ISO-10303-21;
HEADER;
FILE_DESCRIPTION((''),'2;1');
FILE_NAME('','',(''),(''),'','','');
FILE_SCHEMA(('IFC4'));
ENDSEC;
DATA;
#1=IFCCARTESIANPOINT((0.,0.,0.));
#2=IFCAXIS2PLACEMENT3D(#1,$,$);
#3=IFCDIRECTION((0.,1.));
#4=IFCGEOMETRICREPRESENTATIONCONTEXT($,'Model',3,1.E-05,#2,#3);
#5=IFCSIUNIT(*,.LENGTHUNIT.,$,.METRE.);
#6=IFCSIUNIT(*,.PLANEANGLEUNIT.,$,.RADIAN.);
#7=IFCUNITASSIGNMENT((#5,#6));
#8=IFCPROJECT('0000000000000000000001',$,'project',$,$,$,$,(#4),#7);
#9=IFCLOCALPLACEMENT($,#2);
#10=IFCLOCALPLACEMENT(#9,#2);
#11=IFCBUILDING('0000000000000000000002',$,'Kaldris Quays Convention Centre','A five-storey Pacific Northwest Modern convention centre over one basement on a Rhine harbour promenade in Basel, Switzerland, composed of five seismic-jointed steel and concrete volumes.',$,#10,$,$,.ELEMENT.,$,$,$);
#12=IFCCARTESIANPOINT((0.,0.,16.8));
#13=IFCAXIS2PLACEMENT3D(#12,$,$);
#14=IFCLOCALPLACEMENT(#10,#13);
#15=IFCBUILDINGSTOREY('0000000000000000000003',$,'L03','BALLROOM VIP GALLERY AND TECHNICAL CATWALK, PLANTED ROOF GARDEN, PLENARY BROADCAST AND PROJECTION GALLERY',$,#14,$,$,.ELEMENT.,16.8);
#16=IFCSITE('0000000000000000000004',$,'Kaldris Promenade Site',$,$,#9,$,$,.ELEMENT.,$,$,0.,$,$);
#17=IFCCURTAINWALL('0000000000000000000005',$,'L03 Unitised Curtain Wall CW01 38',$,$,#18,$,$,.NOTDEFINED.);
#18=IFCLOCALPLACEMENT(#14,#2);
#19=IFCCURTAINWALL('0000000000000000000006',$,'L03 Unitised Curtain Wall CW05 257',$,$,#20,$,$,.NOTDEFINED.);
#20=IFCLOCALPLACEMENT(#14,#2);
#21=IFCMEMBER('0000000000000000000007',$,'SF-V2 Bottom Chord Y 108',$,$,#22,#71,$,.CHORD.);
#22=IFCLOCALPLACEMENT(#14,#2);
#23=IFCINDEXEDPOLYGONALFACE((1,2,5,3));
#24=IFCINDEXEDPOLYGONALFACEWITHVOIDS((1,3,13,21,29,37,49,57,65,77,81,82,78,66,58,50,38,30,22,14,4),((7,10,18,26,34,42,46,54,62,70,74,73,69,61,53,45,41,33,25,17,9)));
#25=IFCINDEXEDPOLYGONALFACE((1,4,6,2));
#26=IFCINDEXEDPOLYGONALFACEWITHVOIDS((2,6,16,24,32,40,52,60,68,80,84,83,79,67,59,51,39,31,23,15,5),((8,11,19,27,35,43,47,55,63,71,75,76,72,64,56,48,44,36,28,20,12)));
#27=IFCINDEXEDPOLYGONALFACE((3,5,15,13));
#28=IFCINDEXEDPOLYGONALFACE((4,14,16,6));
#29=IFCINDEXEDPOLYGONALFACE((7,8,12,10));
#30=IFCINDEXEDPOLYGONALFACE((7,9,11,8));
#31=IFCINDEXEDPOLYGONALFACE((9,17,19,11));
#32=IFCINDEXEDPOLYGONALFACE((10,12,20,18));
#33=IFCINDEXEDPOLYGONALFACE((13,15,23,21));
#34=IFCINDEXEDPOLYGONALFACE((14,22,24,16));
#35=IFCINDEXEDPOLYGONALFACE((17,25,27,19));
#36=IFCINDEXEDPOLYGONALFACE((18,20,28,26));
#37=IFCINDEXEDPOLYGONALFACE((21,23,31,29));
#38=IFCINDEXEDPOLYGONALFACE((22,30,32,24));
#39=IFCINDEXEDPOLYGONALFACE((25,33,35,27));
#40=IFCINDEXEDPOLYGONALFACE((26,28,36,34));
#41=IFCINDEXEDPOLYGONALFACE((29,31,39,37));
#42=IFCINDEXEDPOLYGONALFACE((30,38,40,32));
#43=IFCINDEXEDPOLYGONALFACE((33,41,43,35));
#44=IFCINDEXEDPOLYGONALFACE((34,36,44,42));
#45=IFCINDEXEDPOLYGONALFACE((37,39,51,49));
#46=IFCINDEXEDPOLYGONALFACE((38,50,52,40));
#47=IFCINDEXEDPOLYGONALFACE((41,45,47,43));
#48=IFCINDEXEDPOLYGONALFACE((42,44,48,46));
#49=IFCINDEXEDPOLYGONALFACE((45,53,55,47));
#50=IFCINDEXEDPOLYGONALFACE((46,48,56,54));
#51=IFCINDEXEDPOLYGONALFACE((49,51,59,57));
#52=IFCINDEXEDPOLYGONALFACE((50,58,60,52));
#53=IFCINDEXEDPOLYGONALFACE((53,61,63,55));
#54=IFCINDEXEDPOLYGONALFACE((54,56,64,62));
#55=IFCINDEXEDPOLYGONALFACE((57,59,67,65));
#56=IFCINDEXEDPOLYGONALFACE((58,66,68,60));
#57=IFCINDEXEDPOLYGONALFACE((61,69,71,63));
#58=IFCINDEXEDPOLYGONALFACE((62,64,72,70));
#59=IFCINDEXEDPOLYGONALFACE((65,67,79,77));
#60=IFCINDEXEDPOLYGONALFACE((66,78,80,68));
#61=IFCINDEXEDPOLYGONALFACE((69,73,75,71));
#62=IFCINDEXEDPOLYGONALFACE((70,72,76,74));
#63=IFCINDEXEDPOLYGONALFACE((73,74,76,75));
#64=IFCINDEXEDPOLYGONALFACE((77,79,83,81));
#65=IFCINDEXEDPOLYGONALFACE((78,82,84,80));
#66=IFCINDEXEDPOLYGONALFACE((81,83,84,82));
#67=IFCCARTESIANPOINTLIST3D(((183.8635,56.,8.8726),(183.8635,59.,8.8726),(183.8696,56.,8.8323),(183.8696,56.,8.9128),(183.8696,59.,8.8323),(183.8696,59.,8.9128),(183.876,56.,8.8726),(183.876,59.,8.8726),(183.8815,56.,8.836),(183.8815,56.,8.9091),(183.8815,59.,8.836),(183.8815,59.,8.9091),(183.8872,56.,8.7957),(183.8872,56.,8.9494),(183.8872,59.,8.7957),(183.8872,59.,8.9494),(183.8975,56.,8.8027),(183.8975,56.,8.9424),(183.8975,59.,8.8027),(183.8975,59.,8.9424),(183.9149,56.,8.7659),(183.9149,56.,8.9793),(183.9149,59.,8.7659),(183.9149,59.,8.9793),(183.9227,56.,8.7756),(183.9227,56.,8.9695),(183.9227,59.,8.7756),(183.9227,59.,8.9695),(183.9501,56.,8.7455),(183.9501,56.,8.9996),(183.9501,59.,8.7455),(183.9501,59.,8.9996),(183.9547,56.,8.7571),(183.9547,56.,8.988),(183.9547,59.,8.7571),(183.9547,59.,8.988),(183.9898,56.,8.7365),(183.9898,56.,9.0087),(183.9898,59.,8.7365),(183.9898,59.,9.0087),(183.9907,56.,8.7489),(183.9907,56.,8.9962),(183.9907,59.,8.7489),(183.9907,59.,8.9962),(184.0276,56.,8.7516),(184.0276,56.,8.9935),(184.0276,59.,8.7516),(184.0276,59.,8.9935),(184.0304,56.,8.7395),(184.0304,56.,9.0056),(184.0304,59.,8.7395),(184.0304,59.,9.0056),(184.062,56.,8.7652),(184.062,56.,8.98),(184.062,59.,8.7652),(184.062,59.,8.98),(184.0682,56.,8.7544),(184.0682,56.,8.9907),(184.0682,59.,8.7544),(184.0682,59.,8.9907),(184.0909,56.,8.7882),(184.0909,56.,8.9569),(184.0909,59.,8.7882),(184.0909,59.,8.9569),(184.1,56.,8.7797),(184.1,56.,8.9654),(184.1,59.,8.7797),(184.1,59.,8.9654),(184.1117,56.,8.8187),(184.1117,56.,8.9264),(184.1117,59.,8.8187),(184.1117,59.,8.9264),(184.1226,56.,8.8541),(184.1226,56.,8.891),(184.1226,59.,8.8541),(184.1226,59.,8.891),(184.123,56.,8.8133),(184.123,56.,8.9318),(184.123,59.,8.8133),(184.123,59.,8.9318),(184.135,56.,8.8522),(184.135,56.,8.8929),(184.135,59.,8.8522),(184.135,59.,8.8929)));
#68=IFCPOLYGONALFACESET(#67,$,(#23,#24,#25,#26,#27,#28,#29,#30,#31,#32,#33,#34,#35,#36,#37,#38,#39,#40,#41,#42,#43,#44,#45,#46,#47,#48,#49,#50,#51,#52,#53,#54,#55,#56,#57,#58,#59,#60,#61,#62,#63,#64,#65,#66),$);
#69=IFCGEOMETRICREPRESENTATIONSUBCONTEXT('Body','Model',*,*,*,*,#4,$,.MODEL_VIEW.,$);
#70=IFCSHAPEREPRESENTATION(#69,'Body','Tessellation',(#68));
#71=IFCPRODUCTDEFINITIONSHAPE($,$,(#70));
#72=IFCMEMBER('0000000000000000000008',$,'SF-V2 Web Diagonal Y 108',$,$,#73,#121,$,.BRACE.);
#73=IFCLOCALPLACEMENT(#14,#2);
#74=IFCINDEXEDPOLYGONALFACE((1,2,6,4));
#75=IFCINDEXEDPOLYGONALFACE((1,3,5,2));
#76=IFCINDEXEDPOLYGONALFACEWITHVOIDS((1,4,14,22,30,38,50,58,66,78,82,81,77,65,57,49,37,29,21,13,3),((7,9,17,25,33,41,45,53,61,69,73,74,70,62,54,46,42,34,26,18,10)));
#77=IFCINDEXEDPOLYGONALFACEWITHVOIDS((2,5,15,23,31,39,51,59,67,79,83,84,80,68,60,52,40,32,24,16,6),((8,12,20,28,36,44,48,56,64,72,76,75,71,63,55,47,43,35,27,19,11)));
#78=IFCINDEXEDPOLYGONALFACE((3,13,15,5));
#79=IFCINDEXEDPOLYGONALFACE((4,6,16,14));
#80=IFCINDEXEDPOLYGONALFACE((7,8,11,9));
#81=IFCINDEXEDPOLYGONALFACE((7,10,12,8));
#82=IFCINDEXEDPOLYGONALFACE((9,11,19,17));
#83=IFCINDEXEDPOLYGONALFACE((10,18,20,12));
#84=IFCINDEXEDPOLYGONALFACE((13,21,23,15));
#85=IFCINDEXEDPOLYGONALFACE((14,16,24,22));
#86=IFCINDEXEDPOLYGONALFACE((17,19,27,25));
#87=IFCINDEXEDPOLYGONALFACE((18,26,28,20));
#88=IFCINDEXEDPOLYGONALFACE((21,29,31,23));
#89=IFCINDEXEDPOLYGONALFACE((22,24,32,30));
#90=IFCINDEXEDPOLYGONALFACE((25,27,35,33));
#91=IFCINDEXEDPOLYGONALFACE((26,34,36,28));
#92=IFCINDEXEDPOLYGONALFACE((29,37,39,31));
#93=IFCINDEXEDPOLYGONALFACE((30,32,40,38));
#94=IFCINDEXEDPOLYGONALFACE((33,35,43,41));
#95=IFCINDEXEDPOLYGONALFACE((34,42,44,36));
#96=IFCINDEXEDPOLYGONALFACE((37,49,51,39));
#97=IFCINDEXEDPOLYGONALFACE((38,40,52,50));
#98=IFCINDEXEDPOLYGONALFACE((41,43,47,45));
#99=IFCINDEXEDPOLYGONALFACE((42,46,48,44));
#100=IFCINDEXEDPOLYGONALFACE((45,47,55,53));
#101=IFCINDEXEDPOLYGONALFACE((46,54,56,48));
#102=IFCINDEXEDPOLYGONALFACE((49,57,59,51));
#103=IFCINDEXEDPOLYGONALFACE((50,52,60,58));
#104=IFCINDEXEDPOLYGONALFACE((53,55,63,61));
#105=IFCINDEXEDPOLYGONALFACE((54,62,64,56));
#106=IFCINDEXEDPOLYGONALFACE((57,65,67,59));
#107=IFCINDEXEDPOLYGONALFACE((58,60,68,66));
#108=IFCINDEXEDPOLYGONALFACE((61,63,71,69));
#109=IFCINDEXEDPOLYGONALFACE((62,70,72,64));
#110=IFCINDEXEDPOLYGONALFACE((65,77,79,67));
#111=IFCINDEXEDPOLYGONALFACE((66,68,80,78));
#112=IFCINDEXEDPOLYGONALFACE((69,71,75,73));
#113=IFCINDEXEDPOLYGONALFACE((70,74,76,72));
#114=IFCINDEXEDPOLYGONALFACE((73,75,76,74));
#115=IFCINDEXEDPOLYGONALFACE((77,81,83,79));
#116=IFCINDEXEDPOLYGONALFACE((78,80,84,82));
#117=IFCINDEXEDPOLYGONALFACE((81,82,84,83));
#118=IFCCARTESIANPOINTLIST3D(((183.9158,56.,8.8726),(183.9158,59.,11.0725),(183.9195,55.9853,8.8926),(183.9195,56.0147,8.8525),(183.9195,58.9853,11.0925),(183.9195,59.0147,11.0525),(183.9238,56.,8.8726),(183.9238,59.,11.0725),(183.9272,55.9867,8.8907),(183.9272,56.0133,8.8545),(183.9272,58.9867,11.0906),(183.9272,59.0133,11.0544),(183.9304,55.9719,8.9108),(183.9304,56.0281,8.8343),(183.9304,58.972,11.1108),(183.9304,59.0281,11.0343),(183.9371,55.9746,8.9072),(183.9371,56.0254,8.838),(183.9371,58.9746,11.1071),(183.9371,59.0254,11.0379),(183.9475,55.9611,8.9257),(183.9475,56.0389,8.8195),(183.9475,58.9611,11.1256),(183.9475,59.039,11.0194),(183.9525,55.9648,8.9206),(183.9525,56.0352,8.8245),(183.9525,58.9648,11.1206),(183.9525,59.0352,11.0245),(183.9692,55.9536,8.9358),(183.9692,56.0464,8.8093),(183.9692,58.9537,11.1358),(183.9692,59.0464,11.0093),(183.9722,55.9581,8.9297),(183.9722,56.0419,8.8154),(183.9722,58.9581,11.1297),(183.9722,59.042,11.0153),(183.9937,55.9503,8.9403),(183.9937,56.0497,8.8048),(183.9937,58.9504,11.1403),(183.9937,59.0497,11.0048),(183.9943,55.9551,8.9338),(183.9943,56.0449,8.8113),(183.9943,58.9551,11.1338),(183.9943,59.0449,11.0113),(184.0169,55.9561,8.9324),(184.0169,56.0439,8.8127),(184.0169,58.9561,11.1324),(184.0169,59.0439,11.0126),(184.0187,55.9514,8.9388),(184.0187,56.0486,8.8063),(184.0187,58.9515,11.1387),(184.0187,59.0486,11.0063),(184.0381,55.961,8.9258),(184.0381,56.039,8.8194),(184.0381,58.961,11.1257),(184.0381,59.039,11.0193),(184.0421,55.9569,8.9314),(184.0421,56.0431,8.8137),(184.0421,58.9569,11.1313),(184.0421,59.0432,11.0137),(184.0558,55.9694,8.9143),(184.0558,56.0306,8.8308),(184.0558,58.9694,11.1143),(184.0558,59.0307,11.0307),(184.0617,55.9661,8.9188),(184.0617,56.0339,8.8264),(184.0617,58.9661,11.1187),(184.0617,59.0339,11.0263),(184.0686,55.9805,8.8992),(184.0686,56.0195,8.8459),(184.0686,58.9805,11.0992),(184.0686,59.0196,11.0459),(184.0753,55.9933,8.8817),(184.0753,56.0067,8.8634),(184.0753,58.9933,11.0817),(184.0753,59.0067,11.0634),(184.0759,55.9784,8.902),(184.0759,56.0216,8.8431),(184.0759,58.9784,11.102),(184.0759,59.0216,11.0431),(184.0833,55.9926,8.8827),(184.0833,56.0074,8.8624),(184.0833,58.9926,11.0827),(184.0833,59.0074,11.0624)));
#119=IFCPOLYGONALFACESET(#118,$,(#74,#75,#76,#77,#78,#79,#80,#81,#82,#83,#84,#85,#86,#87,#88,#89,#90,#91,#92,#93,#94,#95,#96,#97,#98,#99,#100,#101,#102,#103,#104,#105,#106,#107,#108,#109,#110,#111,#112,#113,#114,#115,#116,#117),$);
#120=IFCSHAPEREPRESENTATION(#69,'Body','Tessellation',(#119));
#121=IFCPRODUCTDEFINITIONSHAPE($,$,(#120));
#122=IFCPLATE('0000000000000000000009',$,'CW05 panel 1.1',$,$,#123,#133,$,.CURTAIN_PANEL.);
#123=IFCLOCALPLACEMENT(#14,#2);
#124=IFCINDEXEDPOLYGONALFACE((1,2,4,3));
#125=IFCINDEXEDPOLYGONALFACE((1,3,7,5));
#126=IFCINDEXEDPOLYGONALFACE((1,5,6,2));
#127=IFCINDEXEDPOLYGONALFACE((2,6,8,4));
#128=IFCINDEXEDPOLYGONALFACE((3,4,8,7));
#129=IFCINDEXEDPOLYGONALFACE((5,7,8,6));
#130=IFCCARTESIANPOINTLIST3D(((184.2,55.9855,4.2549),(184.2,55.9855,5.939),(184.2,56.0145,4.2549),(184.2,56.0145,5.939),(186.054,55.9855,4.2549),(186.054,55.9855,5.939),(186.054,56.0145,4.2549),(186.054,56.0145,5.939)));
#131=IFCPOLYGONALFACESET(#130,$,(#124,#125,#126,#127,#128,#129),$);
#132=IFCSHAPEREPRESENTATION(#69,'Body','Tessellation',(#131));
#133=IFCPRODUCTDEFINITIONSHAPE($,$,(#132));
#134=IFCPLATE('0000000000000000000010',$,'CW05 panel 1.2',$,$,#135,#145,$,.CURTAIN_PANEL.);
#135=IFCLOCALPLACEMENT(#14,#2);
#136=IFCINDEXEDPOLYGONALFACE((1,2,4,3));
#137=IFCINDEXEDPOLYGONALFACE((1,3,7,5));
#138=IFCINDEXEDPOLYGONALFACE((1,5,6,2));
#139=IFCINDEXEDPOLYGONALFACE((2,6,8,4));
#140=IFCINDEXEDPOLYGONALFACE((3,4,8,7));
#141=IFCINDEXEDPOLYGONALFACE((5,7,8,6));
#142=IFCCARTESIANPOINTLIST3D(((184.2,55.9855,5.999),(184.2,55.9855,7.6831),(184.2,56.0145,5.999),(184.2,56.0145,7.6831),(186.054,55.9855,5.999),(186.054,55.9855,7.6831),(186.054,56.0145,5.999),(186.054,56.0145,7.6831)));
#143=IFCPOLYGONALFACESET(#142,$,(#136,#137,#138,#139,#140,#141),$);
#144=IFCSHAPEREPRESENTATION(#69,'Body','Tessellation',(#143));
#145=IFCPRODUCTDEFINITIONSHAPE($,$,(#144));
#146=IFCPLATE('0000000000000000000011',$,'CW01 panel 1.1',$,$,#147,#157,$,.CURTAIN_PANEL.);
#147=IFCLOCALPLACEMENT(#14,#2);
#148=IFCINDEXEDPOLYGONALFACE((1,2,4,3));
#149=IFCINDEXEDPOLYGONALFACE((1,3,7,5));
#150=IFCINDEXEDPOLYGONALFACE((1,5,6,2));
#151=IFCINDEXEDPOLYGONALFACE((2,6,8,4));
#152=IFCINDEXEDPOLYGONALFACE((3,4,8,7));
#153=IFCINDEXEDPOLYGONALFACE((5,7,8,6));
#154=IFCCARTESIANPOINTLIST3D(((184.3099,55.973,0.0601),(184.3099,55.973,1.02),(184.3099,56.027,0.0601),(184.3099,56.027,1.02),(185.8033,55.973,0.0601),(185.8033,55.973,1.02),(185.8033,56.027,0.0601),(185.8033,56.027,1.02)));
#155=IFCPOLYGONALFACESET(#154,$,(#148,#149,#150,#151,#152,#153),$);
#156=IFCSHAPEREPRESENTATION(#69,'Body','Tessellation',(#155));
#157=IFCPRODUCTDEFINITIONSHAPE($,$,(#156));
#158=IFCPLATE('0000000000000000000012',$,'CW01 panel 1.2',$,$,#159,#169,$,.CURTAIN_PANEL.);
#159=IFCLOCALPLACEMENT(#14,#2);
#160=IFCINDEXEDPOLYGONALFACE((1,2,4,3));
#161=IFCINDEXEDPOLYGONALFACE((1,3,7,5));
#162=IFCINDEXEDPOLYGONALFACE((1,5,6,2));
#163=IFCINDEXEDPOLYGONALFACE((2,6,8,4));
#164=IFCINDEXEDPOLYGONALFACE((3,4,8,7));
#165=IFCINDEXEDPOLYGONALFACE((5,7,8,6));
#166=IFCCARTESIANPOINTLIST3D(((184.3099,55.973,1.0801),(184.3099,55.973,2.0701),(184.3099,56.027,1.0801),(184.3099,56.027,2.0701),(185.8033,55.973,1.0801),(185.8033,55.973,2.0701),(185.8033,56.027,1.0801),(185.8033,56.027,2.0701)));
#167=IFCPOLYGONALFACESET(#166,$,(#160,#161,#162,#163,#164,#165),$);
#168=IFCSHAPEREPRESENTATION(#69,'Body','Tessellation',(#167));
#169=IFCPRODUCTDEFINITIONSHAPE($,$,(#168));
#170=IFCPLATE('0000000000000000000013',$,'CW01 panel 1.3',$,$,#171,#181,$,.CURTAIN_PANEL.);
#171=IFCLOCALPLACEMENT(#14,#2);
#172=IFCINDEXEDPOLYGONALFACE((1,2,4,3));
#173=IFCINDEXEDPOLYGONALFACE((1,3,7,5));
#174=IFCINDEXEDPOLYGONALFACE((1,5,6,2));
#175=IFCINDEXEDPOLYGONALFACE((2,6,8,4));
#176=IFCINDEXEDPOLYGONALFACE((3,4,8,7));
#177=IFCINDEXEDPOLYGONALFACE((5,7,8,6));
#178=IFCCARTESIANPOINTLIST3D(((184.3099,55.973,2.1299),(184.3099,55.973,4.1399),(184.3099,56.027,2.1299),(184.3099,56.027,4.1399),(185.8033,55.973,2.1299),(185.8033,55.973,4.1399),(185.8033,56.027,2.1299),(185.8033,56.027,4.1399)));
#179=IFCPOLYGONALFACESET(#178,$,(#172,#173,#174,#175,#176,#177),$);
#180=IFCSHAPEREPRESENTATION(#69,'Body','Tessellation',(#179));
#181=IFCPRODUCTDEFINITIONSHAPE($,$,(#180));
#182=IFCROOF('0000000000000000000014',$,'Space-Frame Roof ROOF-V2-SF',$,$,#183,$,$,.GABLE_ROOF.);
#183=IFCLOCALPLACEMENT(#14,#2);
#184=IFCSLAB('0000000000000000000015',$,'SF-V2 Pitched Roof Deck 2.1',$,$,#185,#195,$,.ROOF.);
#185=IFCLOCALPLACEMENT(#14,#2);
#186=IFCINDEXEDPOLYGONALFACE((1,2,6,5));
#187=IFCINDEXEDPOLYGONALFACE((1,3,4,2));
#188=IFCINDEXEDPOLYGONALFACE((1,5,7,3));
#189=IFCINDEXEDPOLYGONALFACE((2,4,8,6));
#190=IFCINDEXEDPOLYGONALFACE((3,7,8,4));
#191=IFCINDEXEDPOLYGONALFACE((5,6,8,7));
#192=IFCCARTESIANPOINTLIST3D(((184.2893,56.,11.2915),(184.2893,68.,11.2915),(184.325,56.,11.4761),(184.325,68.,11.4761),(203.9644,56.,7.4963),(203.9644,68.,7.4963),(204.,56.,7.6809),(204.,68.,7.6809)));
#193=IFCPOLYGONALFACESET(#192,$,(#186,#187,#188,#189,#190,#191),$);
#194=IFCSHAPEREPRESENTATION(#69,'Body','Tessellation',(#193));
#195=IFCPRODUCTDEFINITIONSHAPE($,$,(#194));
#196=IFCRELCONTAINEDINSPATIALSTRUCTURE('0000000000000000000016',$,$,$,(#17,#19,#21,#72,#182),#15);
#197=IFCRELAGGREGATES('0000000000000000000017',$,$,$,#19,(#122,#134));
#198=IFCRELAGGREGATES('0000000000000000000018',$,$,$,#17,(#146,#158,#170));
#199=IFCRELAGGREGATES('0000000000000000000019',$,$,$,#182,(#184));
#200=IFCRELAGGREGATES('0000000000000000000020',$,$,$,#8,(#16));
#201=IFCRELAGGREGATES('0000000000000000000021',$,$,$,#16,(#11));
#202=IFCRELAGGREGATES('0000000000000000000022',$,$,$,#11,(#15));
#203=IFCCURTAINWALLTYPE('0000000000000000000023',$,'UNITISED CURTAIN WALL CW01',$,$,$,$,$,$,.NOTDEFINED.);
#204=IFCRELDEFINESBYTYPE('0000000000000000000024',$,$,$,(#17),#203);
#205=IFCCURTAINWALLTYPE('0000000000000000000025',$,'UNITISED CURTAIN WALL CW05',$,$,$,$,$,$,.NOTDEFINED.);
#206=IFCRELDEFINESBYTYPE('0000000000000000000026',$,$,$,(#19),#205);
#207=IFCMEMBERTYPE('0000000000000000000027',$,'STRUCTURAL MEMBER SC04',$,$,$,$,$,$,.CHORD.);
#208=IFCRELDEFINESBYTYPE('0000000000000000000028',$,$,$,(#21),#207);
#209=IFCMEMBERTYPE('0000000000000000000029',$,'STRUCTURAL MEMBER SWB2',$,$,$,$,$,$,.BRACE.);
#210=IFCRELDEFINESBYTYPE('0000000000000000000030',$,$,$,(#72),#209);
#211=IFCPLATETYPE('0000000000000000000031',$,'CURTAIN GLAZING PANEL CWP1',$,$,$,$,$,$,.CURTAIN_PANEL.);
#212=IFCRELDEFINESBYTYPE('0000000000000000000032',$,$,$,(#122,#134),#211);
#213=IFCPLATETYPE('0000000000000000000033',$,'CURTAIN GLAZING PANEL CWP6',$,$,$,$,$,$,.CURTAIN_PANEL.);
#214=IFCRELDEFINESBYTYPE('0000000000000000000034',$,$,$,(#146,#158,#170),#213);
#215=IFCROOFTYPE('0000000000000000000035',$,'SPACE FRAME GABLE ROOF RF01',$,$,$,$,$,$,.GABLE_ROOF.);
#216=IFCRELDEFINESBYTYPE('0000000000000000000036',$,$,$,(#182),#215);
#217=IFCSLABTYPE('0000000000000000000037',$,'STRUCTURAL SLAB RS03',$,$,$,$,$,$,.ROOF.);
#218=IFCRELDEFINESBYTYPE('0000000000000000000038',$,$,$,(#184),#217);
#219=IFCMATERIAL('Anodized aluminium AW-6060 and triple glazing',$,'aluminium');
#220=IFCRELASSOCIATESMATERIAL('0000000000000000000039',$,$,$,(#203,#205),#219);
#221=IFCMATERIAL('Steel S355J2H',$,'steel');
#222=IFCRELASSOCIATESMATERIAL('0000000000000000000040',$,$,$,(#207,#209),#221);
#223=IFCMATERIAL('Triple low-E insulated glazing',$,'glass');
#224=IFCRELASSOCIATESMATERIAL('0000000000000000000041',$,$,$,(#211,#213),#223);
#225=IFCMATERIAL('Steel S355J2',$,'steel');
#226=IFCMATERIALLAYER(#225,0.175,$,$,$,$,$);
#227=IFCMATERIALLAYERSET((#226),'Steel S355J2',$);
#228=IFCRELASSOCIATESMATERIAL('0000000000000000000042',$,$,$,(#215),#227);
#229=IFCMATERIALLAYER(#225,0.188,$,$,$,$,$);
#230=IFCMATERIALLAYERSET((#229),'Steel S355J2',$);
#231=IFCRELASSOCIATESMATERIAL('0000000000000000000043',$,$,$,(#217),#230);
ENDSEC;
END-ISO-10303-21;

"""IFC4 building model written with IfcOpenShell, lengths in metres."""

from ifc_helpers import new_model, si_unit, direction, frame, origin, origin_2d, place, context, subcontext, project, spatial, polyline, rectangle, hollow_circle, outline, extrude, material, layer, layer_set, material_profile, profile_set, type_object, element, aggregate, save


model = new_model("IFC4")

# Units and contexts
model_context = context("Model", 3, precision=1e-05, world=origin(), true_north=direction((0.0, 1.0)))
body_context = subcontext(model_context, "Body", "Model", "MODEL_VIEW")
ifc_project = project(units=[si_unit("LENGTHUNIT", "METRE"), si_unit("PLANEANGLEUNIT", "RADIAN")], contexts=[model_context])

# Site, building, storey
site_placement = place(None, origin())
site = spatial("IfcSite", under=ifc_project, at=site_placement, Name="Kaldris Promenade Site", CompositionType="ELEMENT", RefElevation=0.0)
building_placement = place(site_placement, origin())
building = spatial("IfcBuilding", under=site, at=building_placement, Name="Kaldris Quays Convention Centre", Description="A five-storey Pacific Northwest Modern convention centre over one basement on a Rhine harbour promenade in Basel, Switzerland, composed of five seismic-jointed steel and concrete volumes.", CompositionType="ELEMENT")
storey_placement = place(building_placement, frame((0.0, 0.0, 16.8)))
storey = spatial("IfcBuildingStorey", under=building, at=storey_placement, Name="L03", Description="BALLROOM VIP GALLERY AND TECHNICAL CATWALK, PLANTED ROOF GARDEN, PLENARY BROADCAST AND PROJECTION GALLERY", CompositionType="ELEMENT", Elevation=16.8)

# Curtain wall
ifc_material_1 = material(Name="Anodized aluminium AW-6060 and triple glazing", Category="aluminium")
curtain_wall_type_1 = type_object("IfcCurtainWallType", Name="UNITISED CURTAIN WALL CW01", PredefinedType="NOTDEFINED", material=ifc_material_1)
curtain_wall_1_placement = place(storey_placement, origin())
curtain_wall_1 = element("IfcCurtainWall", 1, at=curtain_wall_1_placement, inside=storey, type_object=curtain_wall_type_1, Name="L03 Unitised Curtain Wall CW01 38", PredefinedType="NOTDEFINED")

# Curtain wall
curtain_wall_type_2 = type_object("IfcCurtainWallType", Name="UNITISED CURTAIN WALL CW05", PredefinedType="NOTDEFINED", material=ifc_material_1)
curtain_wall_2_placement = place(storey_placement, origin())
curtain_wall_2 = element("IfcCurtainWall", 2, at=curtain_wall_2_placement, inside=storey, type_object=curtain_wall_type_2, Name="L03 Unitised Curtain Wall CW05 257", PredefinedType="NOTDEFINED")

# Members
ifc_material_2 = material(Name="Steel S355J2H", Category="steel")
ifc_material_profile_1 = material_profile(ifc_material_2, hollow_circle(Radius=0.1365, WallThickness=0.0125, at=origin_2d()), Name="CHS 273x12.5")
ifc_profile_set_1 = profile_set([ifc_material_profile_1], Name="Steel S355J2H")
member_type_1 = type_object("IfcMemberType", Name="STRUCTURAL MEMBER SC04", PredefinedType="CHORD", material=ifc_profile_set_1)
member_1_placement = place(storey_placement, frame((184.0, 56.0, 8.8726), z_axis=(0.0, 1.0, 0.0), x_axis=(-1.0, 0.0, 0.0)))
element("IfcMember", 3, at=member_1_placement, inside=storey, type_object=member_type_1, Name="SF-V2 Bottom Chord Y 108", PredefinedType="CHORD", context=body_context, shape_type="SweptSolid", body=[
    extrude(hollow_circle(Radius=0.1365, WallThickness=0.0125, at=origin_2d()), origin(), (0.0, 0.0, 1.0), 3.0),
])
ifc_material_profile_2 = material_profile(ifc_material_2, hollow_circle(Radius=0.0842, WallThickness=0.0081, at=origin_2d()), Name="CHS 168.3x8")
ifc_profile_set_2 = profile_set([ifc_material_profile_2], Name="Steel S355J2H")
member_type_2 = type_object("IfcMemberType", Name="STRUCTURAL MEMBER SWB2", PredefinedType="BRACE", material=ifc_profile_set_2)
member_2_placement = place(storey_placement, frame((184.0, 56.0, 8.8726), z_axis=(0.0, 0.806411, 0.591355), x_axis=(-1.0, 0.0, 0.0)))
element("IfcMember", 4, at=member_2_placement, inside=storey, type_object=member_type_2, Name="SF-V2 Web Diagonal Y 108", PredefinedType="BRACE", context=body_context, shape_type="SweptSolid", body=[
    extrude(hollow_circle(Radius=0.0842, WallThickness=0.0081, at=origin_2d()), origin(), (0.0, 0.0, 1.0), 3.7202),
])

# Plates
ifc_material_3 = material(Name="Triple low-E insulated glazing", Category="glass")
plate_type_1 = type_object("IfcPlateType", Name="CURTAIN GLAZING PANEL CWP1", PredefinedType="CURTAIN_PANEL", material=ifc_material_3)
plate_1_placement = place(storey_placement, frame((185.127, 56.0, 4.2549), z_axis=(0.0, 0.0, 1.0), x_axis=(1.0, 0.0, 0.0)))
plate_1 = element("IfcPlate", 5, at=plate_1_placement, type_object=plate_type_1, Name="CW05 panel 1.1", PredefinedType="CURTAIN_PANEL", context=body_context, shape_type="SweptSolid", body=[
    extrude(rectangle(XDim=1.854, YDim=0.0291, at=origin_2d()), origin(), (0.0, 0.0, 1.0), 1.6841),
])
plate_2_placement = place(storey_placement, frame((185.127, 56.0, 5.999), z_axis=(0.0, 0.0, 1.0), x_axis=(1.0, 0.0, 0.0)))
plate_2 = element("IfcPlate", 6, at=plate_2_placement, type_object=plate_type_1, Name="CW05 panel 1.2", PredefinedType="CURTAIN_PANEL", context=body_context, shape_type="SweptSolid", body=[
    extrude(rectangle(XDim=1.854, YDim=0.0291, at=origin_2d()), origin(), (0.0, 0.0, 1.0), 1.6841),
])
aggregate(curtain_wall_2, [plate_1, plate_2])
plate_type_2 = type_object("IfcPlateType", Name="CURTAIN GLAZING PANEL CWP6", PredefinedType="CURTAIN_PANEL", material=ifc_material_3)
plate_3_placement = place(storey_placement, frame((185.0566, 56.0, 0.0601), z_axis=(0.0, 0.0, 1.0), x_axis=(1.0, 0.0, 0.0)))
plate_3 = element("IfcPlate", 7, at=plate_3_placement, type_object=plate_type_2, Name="CW01 panel 1.1", PredefinedType="CURTAIN_PANEL", context=body_context, shape_type="SweptSolid", body=[
    extrude(rectangle(XDim=1.4934, YDim=0.054, at=origin_2d()), origin(), (0.0, 0.0, 1.0), 0.96),
])
plate_4_placement = place(storey_placement, frame((185.0566, 56.0, 1.0801), z_axis=(0.0, 0.0, 1.0), x_axis=(1.0, 0.0, 0.0)))
plate_4 = element("IfcPlate", 8, at=plate_4_placement, type_object=plate_type_2, Name="CW01 panel 1.2", PredefinedType="CURTAIN_PANEL", context=body_context, shape_type="SweptSolid", body=[
    extrude(rectangle(XDim=1.4934, YDim=0.054, at=origin_2d()), origin(), (0.0, 0.0, 1.0), 0.99),
])
plate_5_placement = place(storey_placement, frame((185.0566, 56.0, 2.1299), z_axis=(0.0, 0.0, 1.0), x_axis=(1.0, 0.0, 0.0)))
plate_5 = element("IfcPlate", 9, at=plate_5_placement, type_object=plate_type_2, Name="CW01 panel 1.3", PredefinedType="CURTAIN_PANEL", context=body_context, shape_type="SweptSolid", body=[
    extrude(rectangle(XDim=1.4934, YDim=0.054, at=origin_2d()), origin(), (0.0, 0.0, 1.0), 2.01),
])
aggregate(curtain_wall_1, [plate_3, plate_4, plate_5])

# Roof, slab
ifc_material_4 = material(Name="Steel S355J2", Category="steel")
ifc_layer_1 = layer(ifc_material_4, 0.175)
ifc_layer_set_1 = layer_set([ifc_layer_1], Name="Steel S355J2")
roof_type = type_object("IfcRoofType", Name="SPACE FRAME GABLE ROOF RF01", PredefinedType="GABLE_ROOF", material=ifc_layer_set_1)
roof_placement = place(storey_placement, origin())
roof = element("IfcRoof", 10, at=roof_placement, inside=storey, type_object=roof_type, Name="Space-Frame Roof ROOF-V2-SF", PredefinedType="GABLE_ROOF")
ifc_layer_2 = layer(ifc_material_4, 0.188)
ifc_layer_set_2 = layer_set([ifc_layer_2], Name="Steel S355J2")
slab_type = type_object("IfcSlabType", Name="STRUCTURAL SLAB RS03", PredefinedType="ROOF", material=ifc_layer_set_2)
slab_placement = place(storey_placement, frame((184.325, 56.0, 11.4761), z_axis=(0.189401, 0.0, 0.9819), x_axis=(0.9819, 0.0, -0.189401)))
slab = element("IfcSlab", 11, at=slab_placement, type_object=slab_type, Name="SF-V2 Pitched Roof Deck 2.1", PredefinedType="ROOF", context=body_context, shape_type="SweptSolid", body=[
    extrude(outline(polyline([(0.0, 0.0), (20.0377, 0.0), (20.0377, 12.0), (0.0, 12.0), (0.0, 0.0)])), origin(), (0.0, 0.0, -1.0), 0.188),
])
aggregate(roof, [slab])

save(model, "model.ifc")
